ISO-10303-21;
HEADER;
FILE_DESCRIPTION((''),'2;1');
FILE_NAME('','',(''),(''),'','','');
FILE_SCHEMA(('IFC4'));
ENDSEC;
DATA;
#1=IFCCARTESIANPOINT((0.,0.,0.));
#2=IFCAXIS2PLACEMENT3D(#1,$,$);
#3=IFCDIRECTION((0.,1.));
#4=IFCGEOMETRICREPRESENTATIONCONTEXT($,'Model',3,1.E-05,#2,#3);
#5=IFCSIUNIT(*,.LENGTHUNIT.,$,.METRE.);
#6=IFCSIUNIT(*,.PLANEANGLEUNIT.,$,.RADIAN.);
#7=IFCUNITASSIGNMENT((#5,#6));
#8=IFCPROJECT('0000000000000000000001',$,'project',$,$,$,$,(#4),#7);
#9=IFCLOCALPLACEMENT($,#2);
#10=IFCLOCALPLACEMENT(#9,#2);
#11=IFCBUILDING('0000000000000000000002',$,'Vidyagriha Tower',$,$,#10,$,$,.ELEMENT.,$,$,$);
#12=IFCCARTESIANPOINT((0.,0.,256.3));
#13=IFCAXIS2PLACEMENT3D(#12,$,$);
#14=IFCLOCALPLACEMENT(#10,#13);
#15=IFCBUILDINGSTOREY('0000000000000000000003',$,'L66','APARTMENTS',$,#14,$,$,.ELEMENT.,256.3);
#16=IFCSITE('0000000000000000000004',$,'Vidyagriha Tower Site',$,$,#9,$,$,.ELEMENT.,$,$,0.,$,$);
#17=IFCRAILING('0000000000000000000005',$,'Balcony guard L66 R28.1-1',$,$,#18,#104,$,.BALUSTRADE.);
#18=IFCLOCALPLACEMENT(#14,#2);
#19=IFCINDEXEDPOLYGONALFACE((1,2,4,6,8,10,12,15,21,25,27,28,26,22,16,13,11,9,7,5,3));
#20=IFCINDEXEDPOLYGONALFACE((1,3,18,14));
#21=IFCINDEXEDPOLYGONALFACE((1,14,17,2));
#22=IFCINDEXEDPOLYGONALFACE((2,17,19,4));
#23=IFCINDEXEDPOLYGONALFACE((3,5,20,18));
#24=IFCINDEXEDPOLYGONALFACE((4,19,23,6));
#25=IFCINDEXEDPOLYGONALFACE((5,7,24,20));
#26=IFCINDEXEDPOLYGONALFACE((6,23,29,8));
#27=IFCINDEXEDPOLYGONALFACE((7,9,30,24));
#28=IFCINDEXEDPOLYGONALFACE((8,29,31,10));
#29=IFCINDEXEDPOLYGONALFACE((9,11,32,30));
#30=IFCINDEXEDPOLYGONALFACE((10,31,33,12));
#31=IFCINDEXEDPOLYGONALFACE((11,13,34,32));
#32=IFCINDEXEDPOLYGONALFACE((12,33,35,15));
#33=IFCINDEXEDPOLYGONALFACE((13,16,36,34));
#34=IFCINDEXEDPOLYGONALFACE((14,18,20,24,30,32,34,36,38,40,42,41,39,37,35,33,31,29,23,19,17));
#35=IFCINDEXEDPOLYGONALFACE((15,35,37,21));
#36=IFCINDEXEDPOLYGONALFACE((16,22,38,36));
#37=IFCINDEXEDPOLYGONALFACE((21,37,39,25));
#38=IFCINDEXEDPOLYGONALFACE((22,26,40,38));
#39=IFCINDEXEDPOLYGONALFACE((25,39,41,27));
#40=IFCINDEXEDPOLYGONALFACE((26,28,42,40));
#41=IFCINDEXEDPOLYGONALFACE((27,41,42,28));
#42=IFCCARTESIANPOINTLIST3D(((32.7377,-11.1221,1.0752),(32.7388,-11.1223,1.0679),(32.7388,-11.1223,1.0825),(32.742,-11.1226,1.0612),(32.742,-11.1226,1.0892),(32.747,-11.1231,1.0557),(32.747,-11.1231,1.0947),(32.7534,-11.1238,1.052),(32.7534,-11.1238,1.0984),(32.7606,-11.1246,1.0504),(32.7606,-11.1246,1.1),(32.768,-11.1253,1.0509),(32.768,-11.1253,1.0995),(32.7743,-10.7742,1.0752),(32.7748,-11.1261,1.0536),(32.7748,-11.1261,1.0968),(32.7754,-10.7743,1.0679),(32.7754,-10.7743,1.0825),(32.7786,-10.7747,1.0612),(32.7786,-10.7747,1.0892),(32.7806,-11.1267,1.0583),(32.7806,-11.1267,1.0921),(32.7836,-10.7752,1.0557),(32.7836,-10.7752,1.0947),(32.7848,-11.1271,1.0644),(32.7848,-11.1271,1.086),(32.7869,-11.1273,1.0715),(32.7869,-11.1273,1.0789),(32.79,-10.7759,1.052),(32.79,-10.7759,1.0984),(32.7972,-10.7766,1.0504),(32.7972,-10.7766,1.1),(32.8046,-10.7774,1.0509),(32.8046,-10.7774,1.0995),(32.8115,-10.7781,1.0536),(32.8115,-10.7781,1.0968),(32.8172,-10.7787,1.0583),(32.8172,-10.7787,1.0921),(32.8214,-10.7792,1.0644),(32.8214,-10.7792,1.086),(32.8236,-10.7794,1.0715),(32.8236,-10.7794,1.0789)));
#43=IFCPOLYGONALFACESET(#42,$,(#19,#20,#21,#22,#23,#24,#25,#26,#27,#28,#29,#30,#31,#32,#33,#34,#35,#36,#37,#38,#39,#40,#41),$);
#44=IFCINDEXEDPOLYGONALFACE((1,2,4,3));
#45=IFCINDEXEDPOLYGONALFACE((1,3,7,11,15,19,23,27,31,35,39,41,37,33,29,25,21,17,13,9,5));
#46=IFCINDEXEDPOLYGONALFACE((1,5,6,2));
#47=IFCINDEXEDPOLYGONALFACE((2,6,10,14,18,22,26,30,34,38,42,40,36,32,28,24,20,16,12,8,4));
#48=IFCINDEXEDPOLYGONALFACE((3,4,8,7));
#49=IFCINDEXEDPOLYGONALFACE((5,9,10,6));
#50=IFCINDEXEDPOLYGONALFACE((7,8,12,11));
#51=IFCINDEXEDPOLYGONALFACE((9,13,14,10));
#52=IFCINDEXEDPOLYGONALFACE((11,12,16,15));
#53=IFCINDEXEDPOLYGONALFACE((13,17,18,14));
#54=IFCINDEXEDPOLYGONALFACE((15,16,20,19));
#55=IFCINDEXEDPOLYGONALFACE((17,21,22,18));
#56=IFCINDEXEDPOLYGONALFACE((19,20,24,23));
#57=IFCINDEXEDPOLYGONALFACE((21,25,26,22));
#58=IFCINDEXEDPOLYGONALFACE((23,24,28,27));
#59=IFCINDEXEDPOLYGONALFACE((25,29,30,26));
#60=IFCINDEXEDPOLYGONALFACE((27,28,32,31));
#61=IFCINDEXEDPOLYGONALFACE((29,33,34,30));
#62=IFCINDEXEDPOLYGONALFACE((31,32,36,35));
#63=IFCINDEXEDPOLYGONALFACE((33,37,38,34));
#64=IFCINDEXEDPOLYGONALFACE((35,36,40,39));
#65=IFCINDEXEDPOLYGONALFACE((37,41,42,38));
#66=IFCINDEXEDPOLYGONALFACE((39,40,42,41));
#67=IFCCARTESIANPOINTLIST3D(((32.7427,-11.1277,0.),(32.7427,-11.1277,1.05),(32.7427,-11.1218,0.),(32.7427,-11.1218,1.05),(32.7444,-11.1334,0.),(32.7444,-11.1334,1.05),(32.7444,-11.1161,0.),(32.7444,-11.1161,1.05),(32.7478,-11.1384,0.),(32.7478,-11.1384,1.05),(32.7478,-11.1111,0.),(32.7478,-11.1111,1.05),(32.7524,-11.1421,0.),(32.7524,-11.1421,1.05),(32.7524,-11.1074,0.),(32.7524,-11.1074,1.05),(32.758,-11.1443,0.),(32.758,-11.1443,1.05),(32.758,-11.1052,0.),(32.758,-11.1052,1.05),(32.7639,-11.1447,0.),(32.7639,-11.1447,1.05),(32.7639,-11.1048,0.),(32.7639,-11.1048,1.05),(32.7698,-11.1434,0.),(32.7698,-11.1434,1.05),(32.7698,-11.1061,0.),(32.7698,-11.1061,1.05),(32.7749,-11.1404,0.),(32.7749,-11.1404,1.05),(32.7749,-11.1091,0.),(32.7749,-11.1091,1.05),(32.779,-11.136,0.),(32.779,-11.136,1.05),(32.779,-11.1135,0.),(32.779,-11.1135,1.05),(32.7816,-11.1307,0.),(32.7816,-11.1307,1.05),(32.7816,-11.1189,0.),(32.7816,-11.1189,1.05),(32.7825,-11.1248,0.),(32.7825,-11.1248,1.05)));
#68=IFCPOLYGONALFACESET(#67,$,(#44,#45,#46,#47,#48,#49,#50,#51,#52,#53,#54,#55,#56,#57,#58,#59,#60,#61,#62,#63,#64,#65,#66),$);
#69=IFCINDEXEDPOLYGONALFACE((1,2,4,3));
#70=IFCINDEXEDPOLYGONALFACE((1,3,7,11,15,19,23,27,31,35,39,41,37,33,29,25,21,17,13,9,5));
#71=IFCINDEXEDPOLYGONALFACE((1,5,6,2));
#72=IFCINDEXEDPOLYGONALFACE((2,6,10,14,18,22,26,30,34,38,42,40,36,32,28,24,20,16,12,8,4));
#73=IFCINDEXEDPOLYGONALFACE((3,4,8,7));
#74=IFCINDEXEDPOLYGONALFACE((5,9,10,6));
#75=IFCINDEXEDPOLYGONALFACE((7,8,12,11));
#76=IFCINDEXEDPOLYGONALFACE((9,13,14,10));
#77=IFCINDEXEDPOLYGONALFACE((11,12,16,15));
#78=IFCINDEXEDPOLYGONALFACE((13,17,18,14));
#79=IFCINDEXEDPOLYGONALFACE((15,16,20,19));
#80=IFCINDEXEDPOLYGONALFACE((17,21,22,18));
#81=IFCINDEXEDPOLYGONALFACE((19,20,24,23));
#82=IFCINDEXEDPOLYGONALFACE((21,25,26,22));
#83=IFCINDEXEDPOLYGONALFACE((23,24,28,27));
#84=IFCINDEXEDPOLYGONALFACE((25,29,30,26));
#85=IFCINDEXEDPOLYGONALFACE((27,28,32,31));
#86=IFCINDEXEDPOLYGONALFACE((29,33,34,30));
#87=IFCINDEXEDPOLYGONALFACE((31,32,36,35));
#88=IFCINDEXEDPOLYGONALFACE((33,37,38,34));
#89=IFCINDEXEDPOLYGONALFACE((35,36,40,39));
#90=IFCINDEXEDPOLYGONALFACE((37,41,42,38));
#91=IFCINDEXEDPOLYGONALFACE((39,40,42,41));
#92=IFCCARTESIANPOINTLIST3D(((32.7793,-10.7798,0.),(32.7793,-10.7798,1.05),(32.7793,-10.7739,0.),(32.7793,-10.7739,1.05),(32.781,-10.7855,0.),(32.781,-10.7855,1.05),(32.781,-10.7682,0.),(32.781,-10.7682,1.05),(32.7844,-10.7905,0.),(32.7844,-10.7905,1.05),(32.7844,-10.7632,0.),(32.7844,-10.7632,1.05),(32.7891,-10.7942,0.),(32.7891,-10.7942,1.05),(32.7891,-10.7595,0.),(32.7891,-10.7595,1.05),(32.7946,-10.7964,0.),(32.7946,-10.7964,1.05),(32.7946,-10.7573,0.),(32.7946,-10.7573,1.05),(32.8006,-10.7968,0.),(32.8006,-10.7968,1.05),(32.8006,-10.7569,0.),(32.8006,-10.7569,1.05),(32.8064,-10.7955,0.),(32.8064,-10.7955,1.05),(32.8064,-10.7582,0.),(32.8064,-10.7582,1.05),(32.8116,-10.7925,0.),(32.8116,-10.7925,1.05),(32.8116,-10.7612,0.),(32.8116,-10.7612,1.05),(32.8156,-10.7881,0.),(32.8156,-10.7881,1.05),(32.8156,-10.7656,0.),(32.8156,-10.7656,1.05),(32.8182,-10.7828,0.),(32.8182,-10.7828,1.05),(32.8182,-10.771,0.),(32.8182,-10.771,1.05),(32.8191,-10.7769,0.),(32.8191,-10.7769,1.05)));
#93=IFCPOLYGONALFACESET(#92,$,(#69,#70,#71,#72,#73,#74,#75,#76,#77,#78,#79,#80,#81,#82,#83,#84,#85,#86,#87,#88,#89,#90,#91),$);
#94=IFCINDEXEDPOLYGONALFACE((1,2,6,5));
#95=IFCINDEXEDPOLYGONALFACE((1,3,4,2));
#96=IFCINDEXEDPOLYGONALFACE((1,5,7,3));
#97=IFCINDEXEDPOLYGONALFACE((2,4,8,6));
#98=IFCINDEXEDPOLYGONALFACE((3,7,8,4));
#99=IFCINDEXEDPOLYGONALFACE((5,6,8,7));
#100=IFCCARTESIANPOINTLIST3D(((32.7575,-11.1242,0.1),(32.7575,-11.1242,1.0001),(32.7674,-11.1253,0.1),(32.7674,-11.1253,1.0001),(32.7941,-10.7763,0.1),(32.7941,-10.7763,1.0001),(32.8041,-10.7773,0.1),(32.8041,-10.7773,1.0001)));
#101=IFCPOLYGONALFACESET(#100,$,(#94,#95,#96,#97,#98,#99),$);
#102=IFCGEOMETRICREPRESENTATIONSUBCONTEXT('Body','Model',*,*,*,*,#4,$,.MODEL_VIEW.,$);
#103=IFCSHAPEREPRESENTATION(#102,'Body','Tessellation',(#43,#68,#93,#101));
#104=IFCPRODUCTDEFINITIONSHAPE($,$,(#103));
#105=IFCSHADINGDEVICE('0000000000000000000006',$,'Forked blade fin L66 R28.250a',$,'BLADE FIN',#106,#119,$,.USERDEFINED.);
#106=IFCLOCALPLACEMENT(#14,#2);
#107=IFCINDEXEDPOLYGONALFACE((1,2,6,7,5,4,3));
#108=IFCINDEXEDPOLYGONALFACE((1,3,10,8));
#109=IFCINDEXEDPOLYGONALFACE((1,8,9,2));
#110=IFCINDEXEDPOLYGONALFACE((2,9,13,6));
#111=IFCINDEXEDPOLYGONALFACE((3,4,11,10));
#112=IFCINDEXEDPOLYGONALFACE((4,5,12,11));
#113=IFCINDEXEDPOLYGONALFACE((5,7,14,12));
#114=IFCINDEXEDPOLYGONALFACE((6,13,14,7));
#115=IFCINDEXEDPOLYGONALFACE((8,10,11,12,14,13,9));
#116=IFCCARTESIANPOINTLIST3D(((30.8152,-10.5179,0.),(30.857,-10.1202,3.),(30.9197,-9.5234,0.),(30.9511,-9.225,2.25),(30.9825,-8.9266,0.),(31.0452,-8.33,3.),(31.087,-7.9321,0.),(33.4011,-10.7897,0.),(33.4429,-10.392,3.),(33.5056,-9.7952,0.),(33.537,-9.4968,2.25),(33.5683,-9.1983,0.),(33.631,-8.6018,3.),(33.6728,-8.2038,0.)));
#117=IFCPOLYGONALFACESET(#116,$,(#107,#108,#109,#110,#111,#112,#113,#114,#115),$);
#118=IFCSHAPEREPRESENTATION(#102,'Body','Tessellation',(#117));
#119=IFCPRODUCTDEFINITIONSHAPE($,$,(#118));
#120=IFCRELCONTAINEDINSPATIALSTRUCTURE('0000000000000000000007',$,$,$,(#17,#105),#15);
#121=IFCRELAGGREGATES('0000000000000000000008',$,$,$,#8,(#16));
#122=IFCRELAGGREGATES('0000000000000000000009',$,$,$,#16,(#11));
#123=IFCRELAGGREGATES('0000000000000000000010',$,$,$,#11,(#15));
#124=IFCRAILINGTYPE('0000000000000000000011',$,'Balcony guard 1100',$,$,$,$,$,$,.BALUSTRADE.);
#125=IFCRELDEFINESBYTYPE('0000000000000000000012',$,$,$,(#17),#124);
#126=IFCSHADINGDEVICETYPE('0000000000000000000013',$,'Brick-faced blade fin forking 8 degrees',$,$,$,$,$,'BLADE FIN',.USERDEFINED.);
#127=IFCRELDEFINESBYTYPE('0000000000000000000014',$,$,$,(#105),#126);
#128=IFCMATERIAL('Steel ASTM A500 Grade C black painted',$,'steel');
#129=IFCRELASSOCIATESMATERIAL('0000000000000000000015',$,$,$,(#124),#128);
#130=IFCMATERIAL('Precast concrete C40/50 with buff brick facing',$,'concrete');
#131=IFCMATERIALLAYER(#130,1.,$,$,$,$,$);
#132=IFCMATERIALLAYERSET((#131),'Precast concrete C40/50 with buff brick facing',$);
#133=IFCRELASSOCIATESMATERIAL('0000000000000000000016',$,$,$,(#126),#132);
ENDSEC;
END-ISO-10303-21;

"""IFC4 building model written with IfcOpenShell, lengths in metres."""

from ifc_helpers import new_model, si_unit, direction, frame, origin, origin_2d, place, context, subcontext, project, spatial, polyline, rectangle, circle, outline, extrude, material, layer, layer_set, type_object, element, save


model = new_model("IFC4")

# Units and contexts
model_context = context("Model", 3, precision=1e-05, world=origin(), true_north=direction((0.0, 1.0)))
body_context = subcontext(model_context, "Body", "Model", "MODEL_VIEW")
ifc_project = project(units=[si_unit("LENGTHUNIT", "METRE"), si_unit("PLANEANGLEUNIT", "RADIAN")], contexts=[model_context])

# Site, building, storey
site_placement = place(None, origin())
site = spatial("IfcSite", under=ifc_project, at=site_placement, Name="Vidyagriha Tower Site", CompositionType="ELEMENT", RefElevation=0.0)
building_placement = place(site_placement, origin())
building = spatial("IfcBuilding", under=site, at=building_placement, Name="Vidyagriha Tower", CompositionType="ELEMENT")
storey_placement = place(building_placement, frame((0.0, 0.0, 256.3)))
storey = spatial("IfcBuildingStorey", under=building, at=storey_placement, Name="L66", Description="APARTMENTS", CompositionType="ELEMENT", Elevation=256.3)

# Railing
ifc_material_1 = material(Name="Steel ASTM A500 Grade C black painted", Category="steel")
railing_type_1 = type_object("IfcRailingType", Name="Balcony guard 1100", PredefinedType="BALUSTRADE", material=ifc_material_1)
railing_1_placement = place(storey_placement, frame((32.7625, -11.1248, 0.0)))
element("IfcRailing", 1, at=railing_1_placement, inside=storey, type_object=railing_type_1, Name="Balcony guard L66 R28.1-1", PredefinedType="BALUSTRADE", context=body_context, shape_type="SweptSolid", body=[
    extrude(circle(Radius=0.0249, at=origin_2d()), frame((0.0, 0.0, 1.0752), z_axis=(0.104685, 0.994505, 0.0), x_axis=(-0.994505, 0.104685, 0.0)), (0.0, 0.0, 1.0), 0.3499),
    extrude(circle(Radius=0.02, at=origin_2d()), origin(), (0.0, 0.0, 1.0), 1.05),
    extrude(circle(Radius=0.02, at=origin_2d()), frame((0.0366, 0.3479, 0.0)), (0.0, 0.0, 1.0), 1.05),
    extrude(rectangle(XDim=0.01, YDim=0.9001, at=origin_2d()), frame((0.0, 0.0, 0.55), z_axis=(0.104685, 0.994505, 0.0), x_axis=(-0.994505, 0.104685, 0.0)), (0.0, 0.0, 1.0), 0.3499),
])

# Shading device
ifc_material_2 = material(Name="Precast concrete C40/50 with buff brick facing", Category="concrete")
ifc_layer_1 = layer(ifc_material_2, 1.0)
ifc_layer_set_1 = layer_set([ifc_layer_1], Name="Precast concrete C40/50 with buff brick facing")
shading_device_type = type_object("IfcShadingDeviceType", Name="Brick-faced blade fin forking 8 degrees", ElementType="BLADE FIN", PredefinedType="USERDEFINED", material=ifc_layer_set_1)
shading_device_placement = place(storey_placement, frame((32.1082, -10.6538, 0.0), z_axis=(0.0, 0.0, 1.0), x_axis=(0.104514, 0.994523, 0.0)))
element("IfcShadingDevice", 2, at=shading_device_placement, inside=storey, type_object=shading_device_type, Name="Forked blade fin L66 R28.250a", ObjectType="BLADE FIN", PredefinedType="USERDEFINED", context=body_context, shape_type="SweptSolid", body=[
    extrude(outline(polyline([(1.0, 0.0), (1.3, 2.25), (1.6001, 0.0), (2.6001, 0.0), (2.2, 3.0), (0.3999, 3.0), (0.0, 0.0), (1.0, 0.0)])), frame((0.0, 1.3, 0.0), z_axis=(0.0, -1.0, 0.0), x_axis=(1.0, 0.0, 0.0)), (0.0, 0.0, 1.0), 2.6001),
])

save(model, "model.ifc")
